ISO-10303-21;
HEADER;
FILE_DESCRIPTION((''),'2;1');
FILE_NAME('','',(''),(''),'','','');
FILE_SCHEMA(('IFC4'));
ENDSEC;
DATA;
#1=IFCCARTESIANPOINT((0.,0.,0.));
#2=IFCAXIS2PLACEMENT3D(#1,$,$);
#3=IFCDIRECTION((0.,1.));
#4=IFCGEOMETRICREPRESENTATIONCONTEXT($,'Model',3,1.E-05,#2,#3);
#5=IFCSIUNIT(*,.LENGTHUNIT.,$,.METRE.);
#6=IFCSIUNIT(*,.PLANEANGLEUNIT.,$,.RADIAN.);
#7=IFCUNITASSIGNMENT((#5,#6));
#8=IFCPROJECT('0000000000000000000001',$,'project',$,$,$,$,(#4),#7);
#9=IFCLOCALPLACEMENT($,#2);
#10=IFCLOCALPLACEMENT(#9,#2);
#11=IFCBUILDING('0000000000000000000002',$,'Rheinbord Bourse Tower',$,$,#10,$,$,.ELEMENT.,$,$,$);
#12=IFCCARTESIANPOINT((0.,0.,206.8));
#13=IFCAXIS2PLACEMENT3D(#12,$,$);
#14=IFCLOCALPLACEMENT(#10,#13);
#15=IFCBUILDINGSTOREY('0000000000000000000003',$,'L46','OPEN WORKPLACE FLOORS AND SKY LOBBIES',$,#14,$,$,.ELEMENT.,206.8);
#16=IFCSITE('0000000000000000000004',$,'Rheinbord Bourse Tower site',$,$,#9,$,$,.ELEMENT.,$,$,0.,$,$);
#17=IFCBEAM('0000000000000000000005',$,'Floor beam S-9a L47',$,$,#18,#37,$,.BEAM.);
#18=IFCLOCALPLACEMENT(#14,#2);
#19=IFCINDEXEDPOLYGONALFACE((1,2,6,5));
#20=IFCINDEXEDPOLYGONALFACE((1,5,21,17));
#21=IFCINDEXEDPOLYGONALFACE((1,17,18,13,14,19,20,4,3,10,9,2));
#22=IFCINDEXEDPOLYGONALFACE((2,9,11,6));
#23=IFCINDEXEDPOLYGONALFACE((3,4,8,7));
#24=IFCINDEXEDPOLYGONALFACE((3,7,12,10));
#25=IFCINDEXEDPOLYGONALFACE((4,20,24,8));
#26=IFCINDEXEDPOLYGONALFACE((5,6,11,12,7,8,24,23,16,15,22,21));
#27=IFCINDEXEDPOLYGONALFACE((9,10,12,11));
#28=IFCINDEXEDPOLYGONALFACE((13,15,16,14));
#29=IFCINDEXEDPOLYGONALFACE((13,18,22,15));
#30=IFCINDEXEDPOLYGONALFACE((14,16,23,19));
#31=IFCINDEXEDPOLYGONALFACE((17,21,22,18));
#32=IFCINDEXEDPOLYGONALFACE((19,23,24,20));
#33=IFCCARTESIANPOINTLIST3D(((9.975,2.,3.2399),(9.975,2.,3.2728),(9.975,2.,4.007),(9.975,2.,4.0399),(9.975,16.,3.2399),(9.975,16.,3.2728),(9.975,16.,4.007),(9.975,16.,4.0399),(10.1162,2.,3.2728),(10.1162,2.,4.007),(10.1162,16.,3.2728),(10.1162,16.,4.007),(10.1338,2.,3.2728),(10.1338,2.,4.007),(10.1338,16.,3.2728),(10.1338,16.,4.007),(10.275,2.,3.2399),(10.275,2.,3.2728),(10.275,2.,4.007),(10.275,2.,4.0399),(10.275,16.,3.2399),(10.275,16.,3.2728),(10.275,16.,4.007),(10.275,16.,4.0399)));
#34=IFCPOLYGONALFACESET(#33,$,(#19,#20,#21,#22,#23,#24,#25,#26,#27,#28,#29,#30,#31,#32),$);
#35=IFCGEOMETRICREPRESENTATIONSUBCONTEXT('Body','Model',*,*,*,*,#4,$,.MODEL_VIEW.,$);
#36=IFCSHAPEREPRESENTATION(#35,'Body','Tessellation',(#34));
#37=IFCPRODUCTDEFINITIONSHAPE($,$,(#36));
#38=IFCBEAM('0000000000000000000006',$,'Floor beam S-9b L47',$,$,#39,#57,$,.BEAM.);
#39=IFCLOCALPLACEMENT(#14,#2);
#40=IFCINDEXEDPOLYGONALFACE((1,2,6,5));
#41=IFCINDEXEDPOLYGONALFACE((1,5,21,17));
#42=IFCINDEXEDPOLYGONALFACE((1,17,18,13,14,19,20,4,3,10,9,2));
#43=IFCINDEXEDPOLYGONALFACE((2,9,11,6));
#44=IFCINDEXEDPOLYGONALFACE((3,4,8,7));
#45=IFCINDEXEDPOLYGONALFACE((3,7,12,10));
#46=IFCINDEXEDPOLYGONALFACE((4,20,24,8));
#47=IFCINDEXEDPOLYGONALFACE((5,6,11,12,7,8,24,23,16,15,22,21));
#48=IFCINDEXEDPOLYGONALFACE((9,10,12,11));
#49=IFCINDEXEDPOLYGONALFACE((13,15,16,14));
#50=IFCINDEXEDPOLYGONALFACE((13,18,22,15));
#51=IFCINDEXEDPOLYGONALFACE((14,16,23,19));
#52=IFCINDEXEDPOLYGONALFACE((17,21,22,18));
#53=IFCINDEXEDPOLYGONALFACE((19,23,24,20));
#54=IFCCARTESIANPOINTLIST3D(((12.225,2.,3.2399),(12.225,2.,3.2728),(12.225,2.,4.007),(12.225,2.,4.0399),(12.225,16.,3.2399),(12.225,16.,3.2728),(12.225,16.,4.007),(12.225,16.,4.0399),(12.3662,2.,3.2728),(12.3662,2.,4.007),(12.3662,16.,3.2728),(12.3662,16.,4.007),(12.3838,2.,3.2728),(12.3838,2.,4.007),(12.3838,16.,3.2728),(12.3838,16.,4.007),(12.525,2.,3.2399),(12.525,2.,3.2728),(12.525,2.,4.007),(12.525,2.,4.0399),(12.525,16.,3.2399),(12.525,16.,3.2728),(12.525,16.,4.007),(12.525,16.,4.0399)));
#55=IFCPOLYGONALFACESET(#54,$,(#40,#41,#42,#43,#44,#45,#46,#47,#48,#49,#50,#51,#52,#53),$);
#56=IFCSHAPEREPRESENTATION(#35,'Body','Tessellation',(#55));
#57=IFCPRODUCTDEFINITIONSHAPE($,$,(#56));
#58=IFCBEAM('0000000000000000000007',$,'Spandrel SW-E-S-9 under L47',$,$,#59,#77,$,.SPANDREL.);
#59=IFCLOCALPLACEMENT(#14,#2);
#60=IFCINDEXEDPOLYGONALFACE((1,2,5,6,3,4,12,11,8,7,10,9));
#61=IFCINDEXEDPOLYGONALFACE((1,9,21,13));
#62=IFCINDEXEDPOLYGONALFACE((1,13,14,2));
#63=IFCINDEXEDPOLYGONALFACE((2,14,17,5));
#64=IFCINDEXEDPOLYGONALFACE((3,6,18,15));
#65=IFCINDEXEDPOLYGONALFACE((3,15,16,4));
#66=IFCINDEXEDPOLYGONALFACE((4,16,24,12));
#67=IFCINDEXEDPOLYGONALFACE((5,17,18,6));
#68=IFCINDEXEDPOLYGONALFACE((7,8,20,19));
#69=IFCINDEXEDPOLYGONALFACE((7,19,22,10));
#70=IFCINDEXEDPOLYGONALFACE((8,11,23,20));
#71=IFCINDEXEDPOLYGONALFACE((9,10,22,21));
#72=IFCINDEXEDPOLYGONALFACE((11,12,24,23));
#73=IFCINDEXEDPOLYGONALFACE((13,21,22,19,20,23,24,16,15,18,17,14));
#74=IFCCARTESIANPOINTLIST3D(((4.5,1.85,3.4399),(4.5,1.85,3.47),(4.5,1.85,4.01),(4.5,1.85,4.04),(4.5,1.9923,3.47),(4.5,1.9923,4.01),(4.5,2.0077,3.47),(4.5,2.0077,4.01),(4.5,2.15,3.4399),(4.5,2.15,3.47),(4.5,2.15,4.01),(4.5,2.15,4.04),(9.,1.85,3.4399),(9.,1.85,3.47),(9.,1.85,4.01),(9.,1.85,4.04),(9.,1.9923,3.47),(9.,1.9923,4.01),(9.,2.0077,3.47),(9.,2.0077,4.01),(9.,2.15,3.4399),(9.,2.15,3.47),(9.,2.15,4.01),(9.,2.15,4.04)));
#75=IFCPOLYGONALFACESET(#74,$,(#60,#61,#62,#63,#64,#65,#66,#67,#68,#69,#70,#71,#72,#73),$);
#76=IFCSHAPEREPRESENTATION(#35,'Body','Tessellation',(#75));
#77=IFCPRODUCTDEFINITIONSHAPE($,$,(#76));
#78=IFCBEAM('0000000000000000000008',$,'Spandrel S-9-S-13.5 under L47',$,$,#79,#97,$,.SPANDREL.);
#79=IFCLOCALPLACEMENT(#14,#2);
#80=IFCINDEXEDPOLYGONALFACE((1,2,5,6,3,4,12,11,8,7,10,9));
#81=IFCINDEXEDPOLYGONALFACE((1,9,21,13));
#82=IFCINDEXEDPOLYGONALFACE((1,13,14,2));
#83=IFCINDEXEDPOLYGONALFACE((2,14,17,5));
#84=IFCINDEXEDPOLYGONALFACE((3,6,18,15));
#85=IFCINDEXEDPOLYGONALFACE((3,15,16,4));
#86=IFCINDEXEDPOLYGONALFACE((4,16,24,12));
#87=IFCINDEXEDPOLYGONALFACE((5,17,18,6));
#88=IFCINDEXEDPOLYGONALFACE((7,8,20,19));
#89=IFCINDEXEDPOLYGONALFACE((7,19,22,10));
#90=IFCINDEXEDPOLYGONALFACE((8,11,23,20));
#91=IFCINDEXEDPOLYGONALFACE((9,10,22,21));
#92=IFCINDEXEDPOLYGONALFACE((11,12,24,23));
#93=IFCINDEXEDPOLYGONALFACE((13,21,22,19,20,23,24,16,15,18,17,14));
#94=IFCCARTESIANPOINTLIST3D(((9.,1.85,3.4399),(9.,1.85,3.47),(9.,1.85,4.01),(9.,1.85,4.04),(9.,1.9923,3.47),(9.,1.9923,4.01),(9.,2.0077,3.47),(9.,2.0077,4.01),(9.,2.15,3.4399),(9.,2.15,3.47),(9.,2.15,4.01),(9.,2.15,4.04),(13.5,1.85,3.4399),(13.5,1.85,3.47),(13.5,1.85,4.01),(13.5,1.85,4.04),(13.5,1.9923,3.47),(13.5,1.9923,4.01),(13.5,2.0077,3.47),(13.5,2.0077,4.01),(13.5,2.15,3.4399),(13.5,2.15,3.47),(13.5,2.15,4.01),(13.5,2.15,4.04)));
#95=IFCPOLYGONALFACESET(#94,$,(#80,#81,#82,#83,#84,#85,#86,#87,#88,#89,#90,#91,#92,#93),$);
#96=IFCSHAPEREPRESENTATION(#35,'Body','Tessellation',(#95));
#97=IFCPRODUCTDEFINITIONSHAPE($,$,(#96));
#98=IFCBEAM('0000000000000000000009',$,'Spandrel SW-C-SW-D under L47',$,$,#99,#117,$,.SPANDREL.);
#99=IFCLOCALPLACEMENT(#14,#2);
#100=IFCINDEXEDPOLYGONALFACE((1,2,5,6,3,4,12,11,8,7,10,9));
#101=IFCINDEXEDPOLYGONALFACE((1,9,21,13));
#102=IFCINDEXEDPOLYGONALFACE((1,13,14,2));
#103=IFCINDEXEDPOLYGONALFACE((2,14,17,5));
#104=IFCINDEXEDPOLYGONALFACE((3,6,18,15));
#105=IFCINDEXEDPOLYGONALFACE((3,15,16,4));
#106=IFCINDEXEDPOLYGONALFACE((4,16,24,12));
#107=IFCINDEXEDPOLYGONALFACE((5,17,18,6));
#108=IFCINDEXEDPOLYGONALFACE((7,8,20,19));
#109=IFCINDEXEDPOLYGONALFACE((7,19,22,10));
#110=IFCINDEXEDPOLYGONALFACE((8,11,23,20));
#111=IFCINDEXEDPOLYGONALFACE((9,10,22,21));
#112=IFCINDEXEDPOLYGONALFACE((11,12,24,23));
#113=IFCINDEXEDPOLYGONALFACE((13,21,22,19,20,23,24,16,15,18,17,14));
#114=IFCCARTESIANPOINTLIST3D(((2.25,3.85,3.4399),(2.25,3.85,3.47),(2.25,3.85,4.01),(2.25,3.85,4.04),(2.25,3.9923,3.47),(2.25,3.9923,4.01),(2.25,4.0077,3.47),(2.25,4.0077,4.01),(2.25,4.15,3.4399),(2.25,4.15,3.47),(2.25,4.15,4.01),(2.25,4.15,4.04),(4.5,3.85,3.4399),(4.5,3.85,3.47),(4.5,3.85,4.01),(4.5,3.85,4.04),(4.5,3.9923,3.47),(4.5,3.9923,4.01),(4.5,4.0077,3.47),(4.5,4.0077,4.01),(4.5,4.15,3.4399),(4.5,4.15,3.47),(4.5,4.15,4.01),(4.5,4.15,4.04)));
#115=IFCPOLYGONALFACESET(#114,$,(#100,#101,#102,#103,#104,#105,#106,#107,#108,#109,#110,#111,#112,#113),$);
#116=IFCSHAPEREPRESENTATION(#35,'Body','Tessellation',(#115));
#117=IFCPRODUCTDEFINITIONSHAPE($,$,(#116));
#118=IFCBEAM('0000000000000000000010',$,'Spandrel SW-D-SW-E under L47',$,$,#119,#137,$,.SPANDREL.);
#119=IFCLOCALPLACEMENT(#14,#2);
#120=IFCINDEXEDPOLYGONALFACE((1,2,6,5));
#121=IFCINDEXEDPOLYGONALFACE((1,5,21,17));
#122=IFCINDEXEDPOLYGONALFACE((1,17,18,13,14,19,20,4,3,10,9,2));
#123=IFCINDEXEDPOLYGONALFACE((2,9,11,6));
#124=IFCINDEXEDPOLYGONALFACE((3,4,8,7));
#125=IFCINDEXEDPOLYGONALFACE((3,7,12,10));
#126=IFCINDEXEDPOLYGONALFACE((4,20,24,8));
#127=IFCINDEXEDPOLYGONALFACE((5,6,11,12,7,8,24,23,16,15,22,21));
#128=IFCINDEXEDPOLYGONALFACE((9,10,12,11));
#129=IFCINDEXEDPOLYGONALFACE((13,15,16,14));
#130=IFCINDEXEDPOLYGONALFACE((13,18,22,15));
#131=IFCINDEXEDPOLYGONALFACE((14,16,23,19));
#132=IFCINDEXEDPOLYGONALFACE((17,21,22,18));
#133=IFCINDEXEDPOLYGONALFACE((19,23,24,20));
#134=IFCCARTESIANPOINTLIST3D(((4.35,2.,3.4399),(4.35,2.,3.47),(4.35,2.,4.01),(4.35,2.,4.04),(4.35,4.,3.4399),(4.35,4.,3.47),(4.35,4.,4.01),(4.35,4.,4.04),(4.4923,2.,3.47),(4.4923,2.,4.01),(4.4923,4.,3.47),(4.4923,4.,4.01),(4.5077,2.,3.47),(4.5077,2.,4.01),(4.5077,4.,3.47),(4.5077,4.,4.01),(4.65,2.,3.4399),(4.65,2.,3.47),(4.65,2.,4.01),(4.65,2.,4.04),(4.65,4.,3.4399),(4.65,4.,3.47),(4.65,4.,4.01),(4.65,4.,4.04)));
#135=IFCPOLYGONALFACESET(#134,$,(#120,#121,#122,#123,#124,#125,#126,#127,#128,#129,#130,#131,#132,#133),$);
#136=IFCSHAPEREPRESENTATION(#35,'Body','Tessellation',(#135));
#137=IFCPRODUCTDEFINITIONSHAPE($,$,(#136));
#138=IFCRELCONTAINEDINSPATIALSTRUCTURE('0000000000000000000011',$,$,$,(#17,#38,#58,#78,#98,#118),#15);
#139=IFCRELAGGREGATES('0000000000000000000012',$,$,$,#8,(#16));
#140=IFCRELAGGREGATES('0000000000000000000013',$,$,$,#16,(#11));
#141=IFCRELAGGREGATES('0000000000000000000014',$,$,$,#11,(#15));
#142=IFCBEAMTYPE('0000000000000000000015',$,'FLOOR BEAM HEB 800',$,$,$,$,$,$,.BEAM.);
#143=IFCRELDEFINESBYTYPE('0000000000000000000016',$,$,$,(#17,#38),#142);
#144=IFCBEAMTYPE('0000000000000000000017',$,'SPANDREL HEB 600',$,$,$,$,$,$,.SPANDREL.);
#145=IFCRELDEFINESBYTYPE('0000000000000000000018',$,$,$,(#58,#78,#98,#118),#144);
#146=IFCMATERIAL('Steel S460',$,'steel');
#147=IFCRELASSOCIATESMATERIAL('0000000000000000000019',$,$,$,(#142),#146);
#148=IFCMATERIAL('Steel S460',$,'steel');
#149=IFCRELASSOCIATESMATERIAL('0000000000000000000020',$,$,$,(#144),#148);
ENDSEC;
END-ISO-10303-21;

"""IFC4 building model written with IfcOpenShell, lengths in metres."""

from ifc_helpers import new_model, si_unit, direction, frame, origin, origin_2d, place, context, subcontext, project, spatial, i_section, extrude, material, material_profile, profile_set, type_object, element, save


model = new_model("IFC4")

# Units and contexts
model_context = context("Model", 3, precision=1e-05, world=origin(), true_north=direction((0.0, 1.0)))
body_context = subcontext(model_context, "Body", "Model", "MODEL_VIEW")
ifc_project = project(units=[si_unit("LENGTHUNIT", "METRE"), si_unit("PLANEANGLEUNIT", "RADIAN")], contexts=[model_context])

# Site, building, storey
site_placement = place(None, origin())
site = spatial("IfcSite", under=ifc_project, at=site_placement, Name="Rheinbord Bourse Tower site", CompositionType="ELEMENT", RefElevation=0.0)
building_placement = place(site_placement, origin())
building = spatial("IfcBuilding", under=site, at=building_placement, Name="Rheinbord Bourse Tower", CompositionType="ELEMENT")
storey_placement = place(building_placement, frame((0.0, 0.0, 206.8)))
storey = spatial("IfcBuildingStorey", under=building, at=storey_placement, Name="L46", Description="OPEN WORKPLACE FLOORS AND SKY LOBBIES", CompositionType="ELEMENT", Elevation=206.8)

# Beams
ifc_material_1 = material(Name="Steel S460", Category="steel")
ifc_material_profile_1 = material_profile(ifc_material_1, i_section(OverallWidth=0.3, OverallDepth=0.8, WebThickness=0.0176, FlangeThickness=0.033, at=origin_2d()), Name="HEB 800")
ifc_profile_set_1 = profile_set([ifc_material_profile_1], Name="Steel S460")
beam_type_1 = type_object("IfcBeamType", Name="FLOOR BEAM HEB 800", PredefinedType="BEAM", material=ifc_profile_set_1)
for number, where, z_axis, x_axis, name in (
    (1, (10.125, 2.0, 3.6399), (0.0, 1.0, 0.0), (-1.0, 0.0, 0.0), "Floor beam S-9a L47"),
    (2, (12.375, 2.0, 3.6399), (0.0, 1.0, 0.0), (-1.0, 0.0, 0.0), "Floor beam S-9b L47"),
):
    element("IfcBeam", number, at=place(storey_placement, frame(where, z_axis=z_axis, x_axis=x_axis)), inside=storey, type_object=beam_type_1, Name=name, PredefinedType="BEAM", context=body_context, shape_type="SweptSolid", body=[
        extrude(i_section(OverallWidth=0.3, OverallDepth=0.8, WebThickness=0.0176, FlangeThickness=0.033, at=origin_2d()), origin(), (0.0, 0.0, 1.0), 14.0),
    ])
ifc_material_2 = material(Name="Steel S460", Category="steel")
ifc_material_profile_2 = material_profile(ifc_material_2, i_section(OverallWidth=0.3, OverallDepth=0.6001, WebThickness=0.0154, FlangeThickness=0.03, at=origin_2d()), Name="HEB 600")
ifc_profile_set_2 = profile_set([ifc_material_profile_2], Name="Steel S460")
beam_type_2 = type_object("IfcBeamType", Name="SPANDREL HEB 600", PredefinedType="SPANDREL", material=ifc_profile_set_2)
for number, where, z_axis, x_axis, name in (
    (3, (4.5, 2.0, 3.74), (1.0, 0.0, 0.0), (0.0, 1.0, 0.0), "Spandrel SW-E-S-9 under L47"),
    (4, (9.0, 2.0, 3.74), (1.0, 0.0, 0.0), (0.0, 1.0, 0.0), "Spandrel S-9-S-13.5 under L47"),
):
    element("IfcBeam", number, at=place(storey_placement, frame(where, z_axis=z_axis, x_axis=x_axis)), inside=storey, type_object=beam_type_2, Name=name, PredefinedType="SPANDREL", context=body_context, shape_type="SweptSolid", body=[
        extrude(i_section(OverallWidth=0.3, OverallDepth=0.6001, WebThickness=0.0154, FlangeThickness=0.03, at=origin_2d()), origin(), (0.0, 0.0, 1.0), 4.5),
    ])
beam_1_placement = place(storey_placement, frame((2.25, 4.0, 3.74), z_axis=(1.0, 0.0, 0.0), x_axis=(0.0, 1.0, 0.0)))
element("IfcBeam", 5, at=beam_1_placement, inside=storey, type_object=beam_type_2, Name="Spandrel SW-C-SW-D under L47", PredefinedType="SPANDREL", context=body_context, shape_type="SweptSolid", body=[
    extrude(i_section(OverallWidth=0.3, OverallDepth=0.6001, WebThickness=0.0154, FlangeThickness=0.03, at=origin_2d()), origin(), (0.0, 0.0, 1.0), 2.25),
])
beam_2_placement = place(storey_placement, frame((4.5, 4.0, 3.74), z_axis=(0.0, -1.0, 0.0), x_axis=(1.0, 0.0, 0.0)))
element("IfcBeam", 6, at=beam_2_placement, inside=storey, type_object=beam_type_2, Name="Spandrel SW-D-SW-E under L47", PredefinedType="SPANDREL", context=body_context, shape_type="SweptSolid", body=[
    extrude(i_section(OverallWidth=0.3, OverallDepth=0.6001, WebThickness=0.0154, FlangeThickness=0.03, at=origin_2d()), origin(), (0.0, 0.0, 1.0), 2.0),
])

save(model, "model.ifc")
